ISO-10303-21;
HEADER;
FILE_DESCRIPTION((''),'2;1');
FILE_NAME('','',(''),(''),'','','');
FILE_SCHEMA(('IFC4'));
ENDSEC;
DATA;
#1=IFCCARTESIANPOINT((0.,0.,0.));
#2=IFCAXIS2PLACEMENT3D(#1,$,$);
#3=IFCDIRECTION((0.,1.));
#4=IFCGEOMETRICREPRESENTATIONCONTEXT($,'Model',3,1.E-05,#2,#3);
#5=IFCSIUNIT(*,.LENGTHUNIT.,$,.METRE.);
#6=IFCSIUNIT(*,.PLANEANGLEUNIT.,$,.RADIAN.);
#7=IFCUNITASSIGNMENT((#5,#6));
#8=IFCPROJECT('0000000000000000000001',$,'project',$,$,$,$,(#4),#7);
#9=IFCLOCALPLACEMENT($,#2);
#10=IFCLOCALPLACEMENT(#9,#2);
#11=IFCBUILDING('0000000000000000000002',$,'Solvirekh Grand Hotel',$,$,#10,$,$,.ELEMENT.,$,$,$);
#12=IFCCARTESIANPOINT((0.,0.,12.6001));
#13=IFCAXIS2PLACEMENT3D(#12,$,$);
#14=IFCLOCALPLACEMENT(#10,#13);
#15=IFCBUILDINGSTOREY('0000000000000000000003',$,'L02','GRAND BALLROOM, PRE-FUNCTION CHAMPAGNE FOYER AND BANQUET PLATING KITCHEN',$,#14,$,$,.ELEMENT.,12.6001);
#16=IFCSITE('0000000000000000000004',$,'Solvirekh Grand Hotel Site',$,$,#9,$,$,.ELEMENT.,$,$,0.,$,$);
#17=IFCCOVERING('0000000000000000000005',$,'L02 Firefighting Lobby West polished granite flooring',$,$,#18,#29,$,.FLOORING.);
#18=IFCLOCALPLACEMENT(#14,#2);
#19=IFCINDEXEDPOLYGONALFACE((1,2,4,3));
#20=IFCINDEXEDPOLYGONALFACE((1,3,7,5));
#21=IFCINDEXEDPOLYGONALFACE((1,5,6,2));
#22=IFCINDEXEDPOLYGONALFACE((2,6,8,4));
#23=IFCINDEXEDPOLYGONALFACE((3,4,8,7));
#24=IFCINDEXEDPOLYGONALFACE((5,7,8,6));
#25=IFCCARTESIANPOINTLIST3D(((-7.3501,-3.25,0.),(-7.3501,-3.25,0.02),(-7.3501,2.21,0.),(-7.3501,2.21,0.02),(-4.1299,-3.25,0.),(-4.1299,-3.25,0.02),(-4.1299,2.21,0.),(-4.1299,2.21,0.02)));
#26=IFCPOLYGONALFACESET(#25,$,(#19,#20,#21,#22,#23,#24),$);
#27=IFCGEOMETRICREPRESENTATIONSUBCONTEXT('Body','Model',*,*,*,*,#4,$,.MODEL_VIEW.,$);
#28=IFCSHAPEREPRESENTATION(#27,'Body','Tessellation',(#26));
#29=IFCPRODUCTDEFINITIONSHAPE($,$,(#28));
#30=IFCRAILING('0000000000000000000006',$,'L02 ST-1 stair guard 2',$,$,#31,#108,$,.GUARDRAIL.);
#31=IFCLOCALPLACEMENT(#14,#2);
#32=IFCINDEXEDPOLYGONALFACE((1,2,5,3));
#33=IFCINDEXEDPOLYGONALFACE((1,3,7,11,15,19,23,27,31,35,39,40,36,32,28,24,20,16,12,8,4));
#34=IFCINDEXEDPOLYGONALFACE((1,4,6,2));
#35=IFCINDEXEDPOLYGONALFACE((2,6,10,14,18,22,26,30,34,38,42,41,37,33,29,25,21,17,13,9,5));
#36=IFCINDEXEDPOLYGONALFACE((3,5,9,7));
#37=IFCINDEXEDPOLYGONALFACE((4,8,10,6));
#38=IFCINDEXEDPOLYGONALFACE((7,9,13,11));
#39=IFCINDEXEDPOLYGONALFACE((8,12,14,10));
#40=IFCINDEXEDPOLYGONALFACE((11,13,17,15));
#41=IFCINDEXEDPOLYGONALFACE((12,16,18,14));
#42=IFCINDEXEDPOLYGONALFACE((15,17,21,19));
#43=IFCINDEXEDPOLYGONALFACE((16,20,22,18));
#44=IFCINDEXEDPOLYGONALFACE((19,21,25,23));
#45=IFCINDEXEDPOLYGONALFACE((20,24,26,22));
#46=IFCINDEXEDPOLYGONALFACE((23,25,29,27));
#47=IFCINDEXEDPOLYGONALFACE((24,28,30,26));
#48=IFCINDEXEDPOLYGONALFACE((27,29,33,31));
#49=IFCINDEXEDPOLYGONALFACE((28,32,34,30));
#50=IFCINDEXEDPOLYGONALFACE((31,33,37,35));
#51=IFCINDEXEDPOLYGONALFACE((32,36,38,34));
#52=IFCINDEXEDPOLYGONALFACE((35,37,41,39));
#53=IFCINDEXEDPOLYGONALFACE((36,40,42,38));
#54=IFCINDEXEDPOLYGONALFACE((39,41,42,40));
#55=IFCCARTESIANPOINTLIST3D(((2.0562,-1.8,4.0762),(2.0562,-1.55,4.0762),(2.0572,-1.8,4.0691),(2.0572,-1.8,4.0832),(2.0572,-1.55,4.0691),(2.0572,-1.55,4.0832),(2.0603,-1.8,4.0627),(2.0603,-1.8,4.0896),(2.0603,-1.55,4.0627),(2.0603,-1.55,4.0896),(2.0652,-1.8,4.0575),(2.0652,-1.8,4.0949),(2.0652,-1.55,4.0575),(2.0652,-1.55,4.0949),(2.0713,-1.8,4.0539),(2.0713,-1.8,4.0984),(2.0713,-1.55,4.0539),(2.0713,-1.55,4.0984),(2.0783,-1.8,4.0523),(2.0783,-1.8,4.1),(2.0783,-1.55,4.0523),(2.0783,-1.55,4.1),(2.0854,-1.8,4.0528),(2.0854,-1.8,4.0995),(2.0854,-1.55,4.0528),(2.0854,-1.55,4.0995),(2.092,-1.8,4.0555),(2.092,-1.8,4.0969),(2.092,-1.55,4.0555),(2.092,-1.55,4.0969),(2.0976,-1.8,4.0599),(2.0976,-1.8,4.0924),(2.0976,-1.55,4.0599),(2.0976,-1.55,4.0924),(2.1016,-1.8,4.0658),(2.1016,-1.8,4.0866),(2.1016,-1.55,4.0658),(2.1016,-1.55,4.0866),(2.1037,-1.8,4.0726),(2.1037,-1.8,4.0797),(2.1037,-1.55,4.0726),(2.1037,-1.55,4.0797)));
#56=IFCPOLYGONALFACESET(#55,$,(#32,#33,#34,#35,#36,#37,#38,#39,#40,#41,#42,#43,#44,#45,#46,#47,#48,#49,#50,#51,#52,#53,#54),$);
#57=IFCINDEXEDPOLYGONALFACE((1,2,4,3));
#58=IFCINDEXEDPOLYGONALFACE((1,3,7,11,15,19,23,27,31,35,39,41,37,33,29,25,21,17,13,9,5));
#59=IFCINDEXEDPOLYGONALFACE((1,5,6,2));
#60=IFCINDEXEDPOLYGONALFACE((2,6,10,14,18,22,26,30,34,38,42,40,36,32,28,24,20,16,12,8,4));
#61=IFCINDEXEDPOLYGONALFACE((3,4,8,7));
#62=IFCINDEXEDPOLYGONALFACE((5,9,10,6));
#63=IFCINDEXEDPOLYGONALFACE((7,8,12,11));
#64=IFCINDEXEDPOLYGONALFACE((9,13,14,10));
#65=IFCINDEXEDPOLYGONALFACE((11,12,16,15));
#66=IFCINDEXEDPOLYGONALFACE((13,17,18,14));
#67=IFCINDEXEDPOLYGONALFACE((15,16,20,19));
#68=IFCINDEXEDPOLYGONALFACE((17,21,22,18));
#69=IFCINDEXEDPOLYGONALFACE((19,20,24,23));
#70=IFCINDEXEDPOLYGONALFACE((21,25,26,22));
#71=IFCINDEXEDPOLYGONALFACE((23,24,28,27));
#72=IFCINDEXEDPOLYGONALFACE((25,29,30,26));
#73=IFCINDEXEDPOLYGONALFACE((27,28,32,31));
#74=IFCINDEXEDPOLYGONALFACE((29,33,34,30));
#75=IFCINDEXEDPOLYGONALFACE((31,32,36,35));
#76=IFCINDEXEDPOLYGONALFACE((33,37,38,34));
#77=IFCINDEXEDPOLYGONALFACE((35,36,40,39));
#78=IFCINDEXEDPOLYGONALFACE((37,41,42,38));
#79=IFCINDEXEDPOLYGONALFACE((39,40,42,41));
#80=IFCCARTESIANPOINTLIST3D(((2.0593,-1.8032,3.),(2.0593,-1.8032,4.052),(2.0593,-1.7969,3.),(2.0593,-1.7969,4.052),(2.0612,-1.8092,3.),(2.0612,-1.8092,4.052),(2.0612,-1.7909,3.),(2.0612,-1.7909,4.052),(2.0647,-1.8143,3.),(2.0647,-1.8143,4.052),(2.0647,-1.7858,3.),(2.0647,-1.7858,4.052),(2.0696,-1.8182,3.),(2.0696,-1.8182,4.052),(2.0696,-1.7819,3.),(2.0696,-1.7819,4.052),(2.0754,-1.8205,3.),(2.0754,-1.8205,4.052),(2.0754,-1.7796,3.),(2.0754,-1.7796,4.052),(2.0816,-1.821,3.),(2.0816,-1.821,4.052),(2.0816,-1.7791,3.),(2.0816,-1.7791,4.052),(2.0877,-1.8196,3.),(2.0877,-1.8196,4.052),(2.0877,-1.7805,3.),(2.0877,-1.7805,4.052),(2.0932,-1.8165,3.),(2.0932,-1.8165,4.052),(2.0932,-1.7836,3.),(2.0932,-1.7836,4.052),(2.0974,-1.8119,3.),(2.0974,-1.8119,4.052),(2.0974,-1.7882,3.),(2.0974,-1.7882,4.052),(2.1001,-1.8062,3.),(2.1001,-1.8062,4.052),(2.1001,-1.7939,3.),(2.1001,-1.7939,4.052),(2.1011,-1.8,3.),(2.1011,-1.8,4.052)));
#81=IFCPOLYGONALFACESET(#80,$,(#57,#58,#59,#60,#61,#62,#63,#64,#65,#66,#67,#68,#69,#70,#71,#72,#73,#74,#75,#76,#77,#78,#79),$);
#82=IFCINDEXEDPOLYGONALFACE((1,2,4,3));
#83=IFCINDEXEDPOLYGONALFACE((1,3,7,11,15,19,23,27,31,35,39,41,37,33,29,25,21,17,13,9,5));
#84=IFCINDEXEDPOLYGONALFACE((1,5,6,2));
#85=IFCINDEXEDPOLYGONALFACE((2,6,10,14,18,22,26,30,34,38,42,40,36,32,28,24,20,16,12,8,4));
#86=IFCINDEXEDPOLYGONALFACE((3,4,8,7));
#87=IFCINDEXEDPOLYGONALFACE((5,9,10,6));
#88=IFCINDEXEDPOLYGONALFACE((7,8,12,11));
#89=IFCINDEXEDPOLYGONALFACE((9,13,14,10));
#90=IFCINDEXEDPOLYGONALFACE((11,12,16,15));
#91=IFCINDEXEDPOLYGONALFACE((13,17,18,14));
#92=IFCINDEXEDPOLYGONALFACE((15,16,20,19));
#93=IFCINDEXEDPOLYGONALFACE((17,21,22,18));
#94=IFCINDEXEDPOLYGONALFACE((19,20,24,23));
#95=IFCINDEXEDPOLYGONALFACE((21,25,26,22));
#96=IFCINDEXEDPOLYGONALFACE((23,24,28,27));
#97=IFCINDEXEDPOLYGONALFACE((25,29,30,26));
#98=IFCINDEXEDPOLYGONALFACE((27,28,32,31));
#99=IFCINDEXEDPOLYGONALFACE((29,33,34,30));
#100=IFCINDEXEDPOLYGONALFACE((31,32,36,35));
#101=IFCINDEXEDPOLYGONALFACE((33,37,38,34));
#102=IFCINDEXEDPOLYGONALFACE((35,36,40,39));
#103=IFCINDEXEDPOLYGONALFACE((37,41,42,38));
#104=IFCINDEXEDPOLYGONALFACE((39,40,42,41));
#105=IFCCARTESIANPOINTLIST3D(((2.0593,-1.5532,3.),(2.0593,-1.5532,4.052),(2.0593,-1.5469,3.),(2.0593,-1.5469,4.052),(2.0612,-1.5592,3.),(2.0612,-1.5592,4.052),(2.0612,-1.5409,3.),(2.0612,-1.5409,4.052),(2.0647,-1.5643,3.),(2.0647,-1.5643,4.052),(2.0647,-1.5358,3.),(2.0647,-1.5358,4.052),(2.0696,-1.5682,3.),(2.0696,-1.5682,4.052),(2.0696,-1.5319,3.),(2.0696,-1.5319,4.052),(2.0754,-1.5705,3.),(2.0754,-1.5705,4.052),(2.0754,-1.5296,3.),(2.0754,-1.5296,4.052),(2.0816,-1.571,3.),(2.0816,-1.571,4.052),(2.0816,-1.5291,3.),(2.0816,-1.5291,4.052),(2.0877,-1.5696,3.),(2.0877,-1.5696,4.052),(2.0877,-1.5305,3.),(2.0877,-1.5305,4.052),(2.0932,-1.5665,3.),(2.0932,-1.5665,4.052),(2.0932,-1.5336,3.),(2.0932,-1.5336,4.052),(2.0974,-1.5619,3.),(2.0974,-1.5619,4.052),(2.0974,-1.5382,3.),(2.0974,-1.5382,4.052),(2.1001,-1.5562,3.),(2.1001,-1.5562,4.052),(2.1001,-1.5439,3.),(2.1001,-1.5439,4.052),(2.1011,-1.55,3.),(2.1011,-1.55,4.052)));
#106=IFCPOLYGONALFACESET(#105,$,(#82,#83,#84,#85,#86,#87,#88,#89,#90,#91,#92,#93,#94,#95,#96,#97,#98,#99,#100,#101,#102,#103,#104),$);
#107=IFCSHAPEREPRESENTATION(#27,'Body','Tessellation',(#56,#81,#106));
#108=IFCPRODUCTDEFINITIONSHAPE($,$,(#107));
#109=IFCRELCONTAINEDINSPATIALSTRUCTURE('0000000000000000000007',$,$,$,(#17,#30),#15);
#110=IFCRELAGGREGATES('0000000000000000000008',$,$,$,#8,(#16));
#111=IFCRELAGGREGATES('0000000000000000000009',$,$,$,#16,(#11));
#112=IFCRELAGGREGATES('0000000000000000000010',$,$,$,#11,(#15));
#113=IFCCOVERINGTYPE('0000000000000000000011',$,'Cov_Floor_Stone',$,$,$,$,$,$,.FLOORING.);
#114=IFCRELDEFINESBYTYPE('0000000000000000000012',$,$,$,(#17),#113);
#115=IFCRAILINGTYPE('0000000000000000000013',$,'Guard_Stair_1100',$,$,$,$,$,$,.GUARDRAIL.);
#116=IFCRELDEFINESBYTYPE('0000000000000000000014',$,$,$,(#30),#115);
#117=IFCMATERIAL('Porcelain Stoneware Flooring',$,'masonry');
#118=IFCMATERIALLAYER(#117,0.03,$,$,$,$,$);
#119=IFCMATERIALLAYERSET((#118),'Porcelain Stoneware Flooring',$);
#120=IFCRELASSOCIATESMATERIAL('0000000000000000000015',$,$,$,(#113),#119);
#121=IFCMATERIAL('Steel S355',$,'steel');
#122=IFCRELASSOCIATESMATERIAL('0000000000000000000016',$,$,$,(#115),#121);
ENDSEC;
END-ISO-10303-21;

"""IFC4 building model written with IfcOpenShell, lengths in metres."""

from ifc_helpers import new_model, si_unit, direction, frame, origin, origin_2d, place, context, subcontext, project, spatial, polyline, circle, outline, extrude, material, layer, layer_set, type_object, element, save


model = new_model("IFC4")

# Units and contexts
model_context = context("Model", 3, precision=1e-05, world=origin(), true_north=direction((0.0, 1.0)))
body_context = subcontext(model_context, "Body", "Model", "MODEL_VIEW")
ifc_project = project(units=[si_unit("LENGTHUNIT", "METRE"), si_unit("PLANEANGLEUNIT", "RADIAN")], contexts=[model_context])

# Site, building, storey
site_placement = place(None, origin())
site = spatial("IfcSite", under=ifc_project, at=site_placement, Name="Solvirekh Grand Hotel Site", CompositionType="ELEMENT", RefElevation=0.0)
building_placement = place(site_placement, origin())
building = spatial("IfcBuilding", under=site, at=building_placement, Name="Solvirekh Grand Hotel", CompositionType="ELEMENT")
storey_placement = place(building_placement, frame((0.0, 0.0, 12.6001)))
storey = spatial("IfcBuildingStorey", under=building, at=storey_placement, Name="L02", Description="GRAND BALLROOM, PRE-FUNCTION CHAMPAGNE FOYER AND BANQUET PLATING KITCHEN", CompositionType="ELEMENT", Elevation=12.6001)

# Shared definitions
ifc_material_1 = material(Name="Steel S355", Category="steel")

# Covering
ifc_material_2 = material(Name="Porcelain Stoneware Flooring", Category="masonry")
ifc_layer_1 = layer(ifc_material_2, 0.03)
ifc_layer_set_1 = layer_set([ifc_layer_1], Name="Porcelain Stoneware Flooring")
covering_type = type_object("IfcCoveringType", Name="Cov_Floor_Stone", PredefinedType="FLOORING", material=ifc_layer_set_1)
covering_placement = place(storey_placement, origin())
element("IfcCovering", 1, at=covering_placement, inside=storey, type_object=covering_type, Name="L02 Firefighting Lobby West polished granite flooring", PredefinedType="FLOORING", context=body_context, shape_type="SweptSolid", body=[
    extrude(outline(polyline([(-7.3501, -3.25), (-4.1299, -3.25), (-4.1299, 2.21), (-7.3501, 2.21), (-7.3501, -3.25)])), origin(), (0.0, 0.0, 1.0), 0.02),
])

# Railing
railing_type_1 = type_object("IfcRailingType", Name="Guard_Stair_1100", PredefinedType="GUARDRAIL", material=ifc_material_1)
railing_1_placement = place(storey_placement, frame((2.0801, -1.8, 3.0)))
element("IfcRailing", 2, at=railing_1_placement, inside=storey, type_object=railing_type_1, Name="L02 ST-1 stair guard 2", PredefinedType="GUARDRAIL", context=body_context, shape_type="SweptSolid", body=[
    extrude(circle(Radius=0.0239, at=origin_2d()), frame((0.0, 0.0, 1.0762), z_axis=(0.0, 1.0, 0.0), x_axis=(-1.0, 0.0, 0.0)), (0.0, 0.0, 1.0), 0.25),
    extrude(circle(Radius=0.021, at=origin_2d()), origin(), (0.0, 0.0, 1.0), 1.052),
    extrude(circle(Radius=0.021, at=origin_2d()), frame((0.0, 0.25, 0.0)), (0.0, 0.0, 1.0), 1.052),
])

save(model, "model.ifc")
